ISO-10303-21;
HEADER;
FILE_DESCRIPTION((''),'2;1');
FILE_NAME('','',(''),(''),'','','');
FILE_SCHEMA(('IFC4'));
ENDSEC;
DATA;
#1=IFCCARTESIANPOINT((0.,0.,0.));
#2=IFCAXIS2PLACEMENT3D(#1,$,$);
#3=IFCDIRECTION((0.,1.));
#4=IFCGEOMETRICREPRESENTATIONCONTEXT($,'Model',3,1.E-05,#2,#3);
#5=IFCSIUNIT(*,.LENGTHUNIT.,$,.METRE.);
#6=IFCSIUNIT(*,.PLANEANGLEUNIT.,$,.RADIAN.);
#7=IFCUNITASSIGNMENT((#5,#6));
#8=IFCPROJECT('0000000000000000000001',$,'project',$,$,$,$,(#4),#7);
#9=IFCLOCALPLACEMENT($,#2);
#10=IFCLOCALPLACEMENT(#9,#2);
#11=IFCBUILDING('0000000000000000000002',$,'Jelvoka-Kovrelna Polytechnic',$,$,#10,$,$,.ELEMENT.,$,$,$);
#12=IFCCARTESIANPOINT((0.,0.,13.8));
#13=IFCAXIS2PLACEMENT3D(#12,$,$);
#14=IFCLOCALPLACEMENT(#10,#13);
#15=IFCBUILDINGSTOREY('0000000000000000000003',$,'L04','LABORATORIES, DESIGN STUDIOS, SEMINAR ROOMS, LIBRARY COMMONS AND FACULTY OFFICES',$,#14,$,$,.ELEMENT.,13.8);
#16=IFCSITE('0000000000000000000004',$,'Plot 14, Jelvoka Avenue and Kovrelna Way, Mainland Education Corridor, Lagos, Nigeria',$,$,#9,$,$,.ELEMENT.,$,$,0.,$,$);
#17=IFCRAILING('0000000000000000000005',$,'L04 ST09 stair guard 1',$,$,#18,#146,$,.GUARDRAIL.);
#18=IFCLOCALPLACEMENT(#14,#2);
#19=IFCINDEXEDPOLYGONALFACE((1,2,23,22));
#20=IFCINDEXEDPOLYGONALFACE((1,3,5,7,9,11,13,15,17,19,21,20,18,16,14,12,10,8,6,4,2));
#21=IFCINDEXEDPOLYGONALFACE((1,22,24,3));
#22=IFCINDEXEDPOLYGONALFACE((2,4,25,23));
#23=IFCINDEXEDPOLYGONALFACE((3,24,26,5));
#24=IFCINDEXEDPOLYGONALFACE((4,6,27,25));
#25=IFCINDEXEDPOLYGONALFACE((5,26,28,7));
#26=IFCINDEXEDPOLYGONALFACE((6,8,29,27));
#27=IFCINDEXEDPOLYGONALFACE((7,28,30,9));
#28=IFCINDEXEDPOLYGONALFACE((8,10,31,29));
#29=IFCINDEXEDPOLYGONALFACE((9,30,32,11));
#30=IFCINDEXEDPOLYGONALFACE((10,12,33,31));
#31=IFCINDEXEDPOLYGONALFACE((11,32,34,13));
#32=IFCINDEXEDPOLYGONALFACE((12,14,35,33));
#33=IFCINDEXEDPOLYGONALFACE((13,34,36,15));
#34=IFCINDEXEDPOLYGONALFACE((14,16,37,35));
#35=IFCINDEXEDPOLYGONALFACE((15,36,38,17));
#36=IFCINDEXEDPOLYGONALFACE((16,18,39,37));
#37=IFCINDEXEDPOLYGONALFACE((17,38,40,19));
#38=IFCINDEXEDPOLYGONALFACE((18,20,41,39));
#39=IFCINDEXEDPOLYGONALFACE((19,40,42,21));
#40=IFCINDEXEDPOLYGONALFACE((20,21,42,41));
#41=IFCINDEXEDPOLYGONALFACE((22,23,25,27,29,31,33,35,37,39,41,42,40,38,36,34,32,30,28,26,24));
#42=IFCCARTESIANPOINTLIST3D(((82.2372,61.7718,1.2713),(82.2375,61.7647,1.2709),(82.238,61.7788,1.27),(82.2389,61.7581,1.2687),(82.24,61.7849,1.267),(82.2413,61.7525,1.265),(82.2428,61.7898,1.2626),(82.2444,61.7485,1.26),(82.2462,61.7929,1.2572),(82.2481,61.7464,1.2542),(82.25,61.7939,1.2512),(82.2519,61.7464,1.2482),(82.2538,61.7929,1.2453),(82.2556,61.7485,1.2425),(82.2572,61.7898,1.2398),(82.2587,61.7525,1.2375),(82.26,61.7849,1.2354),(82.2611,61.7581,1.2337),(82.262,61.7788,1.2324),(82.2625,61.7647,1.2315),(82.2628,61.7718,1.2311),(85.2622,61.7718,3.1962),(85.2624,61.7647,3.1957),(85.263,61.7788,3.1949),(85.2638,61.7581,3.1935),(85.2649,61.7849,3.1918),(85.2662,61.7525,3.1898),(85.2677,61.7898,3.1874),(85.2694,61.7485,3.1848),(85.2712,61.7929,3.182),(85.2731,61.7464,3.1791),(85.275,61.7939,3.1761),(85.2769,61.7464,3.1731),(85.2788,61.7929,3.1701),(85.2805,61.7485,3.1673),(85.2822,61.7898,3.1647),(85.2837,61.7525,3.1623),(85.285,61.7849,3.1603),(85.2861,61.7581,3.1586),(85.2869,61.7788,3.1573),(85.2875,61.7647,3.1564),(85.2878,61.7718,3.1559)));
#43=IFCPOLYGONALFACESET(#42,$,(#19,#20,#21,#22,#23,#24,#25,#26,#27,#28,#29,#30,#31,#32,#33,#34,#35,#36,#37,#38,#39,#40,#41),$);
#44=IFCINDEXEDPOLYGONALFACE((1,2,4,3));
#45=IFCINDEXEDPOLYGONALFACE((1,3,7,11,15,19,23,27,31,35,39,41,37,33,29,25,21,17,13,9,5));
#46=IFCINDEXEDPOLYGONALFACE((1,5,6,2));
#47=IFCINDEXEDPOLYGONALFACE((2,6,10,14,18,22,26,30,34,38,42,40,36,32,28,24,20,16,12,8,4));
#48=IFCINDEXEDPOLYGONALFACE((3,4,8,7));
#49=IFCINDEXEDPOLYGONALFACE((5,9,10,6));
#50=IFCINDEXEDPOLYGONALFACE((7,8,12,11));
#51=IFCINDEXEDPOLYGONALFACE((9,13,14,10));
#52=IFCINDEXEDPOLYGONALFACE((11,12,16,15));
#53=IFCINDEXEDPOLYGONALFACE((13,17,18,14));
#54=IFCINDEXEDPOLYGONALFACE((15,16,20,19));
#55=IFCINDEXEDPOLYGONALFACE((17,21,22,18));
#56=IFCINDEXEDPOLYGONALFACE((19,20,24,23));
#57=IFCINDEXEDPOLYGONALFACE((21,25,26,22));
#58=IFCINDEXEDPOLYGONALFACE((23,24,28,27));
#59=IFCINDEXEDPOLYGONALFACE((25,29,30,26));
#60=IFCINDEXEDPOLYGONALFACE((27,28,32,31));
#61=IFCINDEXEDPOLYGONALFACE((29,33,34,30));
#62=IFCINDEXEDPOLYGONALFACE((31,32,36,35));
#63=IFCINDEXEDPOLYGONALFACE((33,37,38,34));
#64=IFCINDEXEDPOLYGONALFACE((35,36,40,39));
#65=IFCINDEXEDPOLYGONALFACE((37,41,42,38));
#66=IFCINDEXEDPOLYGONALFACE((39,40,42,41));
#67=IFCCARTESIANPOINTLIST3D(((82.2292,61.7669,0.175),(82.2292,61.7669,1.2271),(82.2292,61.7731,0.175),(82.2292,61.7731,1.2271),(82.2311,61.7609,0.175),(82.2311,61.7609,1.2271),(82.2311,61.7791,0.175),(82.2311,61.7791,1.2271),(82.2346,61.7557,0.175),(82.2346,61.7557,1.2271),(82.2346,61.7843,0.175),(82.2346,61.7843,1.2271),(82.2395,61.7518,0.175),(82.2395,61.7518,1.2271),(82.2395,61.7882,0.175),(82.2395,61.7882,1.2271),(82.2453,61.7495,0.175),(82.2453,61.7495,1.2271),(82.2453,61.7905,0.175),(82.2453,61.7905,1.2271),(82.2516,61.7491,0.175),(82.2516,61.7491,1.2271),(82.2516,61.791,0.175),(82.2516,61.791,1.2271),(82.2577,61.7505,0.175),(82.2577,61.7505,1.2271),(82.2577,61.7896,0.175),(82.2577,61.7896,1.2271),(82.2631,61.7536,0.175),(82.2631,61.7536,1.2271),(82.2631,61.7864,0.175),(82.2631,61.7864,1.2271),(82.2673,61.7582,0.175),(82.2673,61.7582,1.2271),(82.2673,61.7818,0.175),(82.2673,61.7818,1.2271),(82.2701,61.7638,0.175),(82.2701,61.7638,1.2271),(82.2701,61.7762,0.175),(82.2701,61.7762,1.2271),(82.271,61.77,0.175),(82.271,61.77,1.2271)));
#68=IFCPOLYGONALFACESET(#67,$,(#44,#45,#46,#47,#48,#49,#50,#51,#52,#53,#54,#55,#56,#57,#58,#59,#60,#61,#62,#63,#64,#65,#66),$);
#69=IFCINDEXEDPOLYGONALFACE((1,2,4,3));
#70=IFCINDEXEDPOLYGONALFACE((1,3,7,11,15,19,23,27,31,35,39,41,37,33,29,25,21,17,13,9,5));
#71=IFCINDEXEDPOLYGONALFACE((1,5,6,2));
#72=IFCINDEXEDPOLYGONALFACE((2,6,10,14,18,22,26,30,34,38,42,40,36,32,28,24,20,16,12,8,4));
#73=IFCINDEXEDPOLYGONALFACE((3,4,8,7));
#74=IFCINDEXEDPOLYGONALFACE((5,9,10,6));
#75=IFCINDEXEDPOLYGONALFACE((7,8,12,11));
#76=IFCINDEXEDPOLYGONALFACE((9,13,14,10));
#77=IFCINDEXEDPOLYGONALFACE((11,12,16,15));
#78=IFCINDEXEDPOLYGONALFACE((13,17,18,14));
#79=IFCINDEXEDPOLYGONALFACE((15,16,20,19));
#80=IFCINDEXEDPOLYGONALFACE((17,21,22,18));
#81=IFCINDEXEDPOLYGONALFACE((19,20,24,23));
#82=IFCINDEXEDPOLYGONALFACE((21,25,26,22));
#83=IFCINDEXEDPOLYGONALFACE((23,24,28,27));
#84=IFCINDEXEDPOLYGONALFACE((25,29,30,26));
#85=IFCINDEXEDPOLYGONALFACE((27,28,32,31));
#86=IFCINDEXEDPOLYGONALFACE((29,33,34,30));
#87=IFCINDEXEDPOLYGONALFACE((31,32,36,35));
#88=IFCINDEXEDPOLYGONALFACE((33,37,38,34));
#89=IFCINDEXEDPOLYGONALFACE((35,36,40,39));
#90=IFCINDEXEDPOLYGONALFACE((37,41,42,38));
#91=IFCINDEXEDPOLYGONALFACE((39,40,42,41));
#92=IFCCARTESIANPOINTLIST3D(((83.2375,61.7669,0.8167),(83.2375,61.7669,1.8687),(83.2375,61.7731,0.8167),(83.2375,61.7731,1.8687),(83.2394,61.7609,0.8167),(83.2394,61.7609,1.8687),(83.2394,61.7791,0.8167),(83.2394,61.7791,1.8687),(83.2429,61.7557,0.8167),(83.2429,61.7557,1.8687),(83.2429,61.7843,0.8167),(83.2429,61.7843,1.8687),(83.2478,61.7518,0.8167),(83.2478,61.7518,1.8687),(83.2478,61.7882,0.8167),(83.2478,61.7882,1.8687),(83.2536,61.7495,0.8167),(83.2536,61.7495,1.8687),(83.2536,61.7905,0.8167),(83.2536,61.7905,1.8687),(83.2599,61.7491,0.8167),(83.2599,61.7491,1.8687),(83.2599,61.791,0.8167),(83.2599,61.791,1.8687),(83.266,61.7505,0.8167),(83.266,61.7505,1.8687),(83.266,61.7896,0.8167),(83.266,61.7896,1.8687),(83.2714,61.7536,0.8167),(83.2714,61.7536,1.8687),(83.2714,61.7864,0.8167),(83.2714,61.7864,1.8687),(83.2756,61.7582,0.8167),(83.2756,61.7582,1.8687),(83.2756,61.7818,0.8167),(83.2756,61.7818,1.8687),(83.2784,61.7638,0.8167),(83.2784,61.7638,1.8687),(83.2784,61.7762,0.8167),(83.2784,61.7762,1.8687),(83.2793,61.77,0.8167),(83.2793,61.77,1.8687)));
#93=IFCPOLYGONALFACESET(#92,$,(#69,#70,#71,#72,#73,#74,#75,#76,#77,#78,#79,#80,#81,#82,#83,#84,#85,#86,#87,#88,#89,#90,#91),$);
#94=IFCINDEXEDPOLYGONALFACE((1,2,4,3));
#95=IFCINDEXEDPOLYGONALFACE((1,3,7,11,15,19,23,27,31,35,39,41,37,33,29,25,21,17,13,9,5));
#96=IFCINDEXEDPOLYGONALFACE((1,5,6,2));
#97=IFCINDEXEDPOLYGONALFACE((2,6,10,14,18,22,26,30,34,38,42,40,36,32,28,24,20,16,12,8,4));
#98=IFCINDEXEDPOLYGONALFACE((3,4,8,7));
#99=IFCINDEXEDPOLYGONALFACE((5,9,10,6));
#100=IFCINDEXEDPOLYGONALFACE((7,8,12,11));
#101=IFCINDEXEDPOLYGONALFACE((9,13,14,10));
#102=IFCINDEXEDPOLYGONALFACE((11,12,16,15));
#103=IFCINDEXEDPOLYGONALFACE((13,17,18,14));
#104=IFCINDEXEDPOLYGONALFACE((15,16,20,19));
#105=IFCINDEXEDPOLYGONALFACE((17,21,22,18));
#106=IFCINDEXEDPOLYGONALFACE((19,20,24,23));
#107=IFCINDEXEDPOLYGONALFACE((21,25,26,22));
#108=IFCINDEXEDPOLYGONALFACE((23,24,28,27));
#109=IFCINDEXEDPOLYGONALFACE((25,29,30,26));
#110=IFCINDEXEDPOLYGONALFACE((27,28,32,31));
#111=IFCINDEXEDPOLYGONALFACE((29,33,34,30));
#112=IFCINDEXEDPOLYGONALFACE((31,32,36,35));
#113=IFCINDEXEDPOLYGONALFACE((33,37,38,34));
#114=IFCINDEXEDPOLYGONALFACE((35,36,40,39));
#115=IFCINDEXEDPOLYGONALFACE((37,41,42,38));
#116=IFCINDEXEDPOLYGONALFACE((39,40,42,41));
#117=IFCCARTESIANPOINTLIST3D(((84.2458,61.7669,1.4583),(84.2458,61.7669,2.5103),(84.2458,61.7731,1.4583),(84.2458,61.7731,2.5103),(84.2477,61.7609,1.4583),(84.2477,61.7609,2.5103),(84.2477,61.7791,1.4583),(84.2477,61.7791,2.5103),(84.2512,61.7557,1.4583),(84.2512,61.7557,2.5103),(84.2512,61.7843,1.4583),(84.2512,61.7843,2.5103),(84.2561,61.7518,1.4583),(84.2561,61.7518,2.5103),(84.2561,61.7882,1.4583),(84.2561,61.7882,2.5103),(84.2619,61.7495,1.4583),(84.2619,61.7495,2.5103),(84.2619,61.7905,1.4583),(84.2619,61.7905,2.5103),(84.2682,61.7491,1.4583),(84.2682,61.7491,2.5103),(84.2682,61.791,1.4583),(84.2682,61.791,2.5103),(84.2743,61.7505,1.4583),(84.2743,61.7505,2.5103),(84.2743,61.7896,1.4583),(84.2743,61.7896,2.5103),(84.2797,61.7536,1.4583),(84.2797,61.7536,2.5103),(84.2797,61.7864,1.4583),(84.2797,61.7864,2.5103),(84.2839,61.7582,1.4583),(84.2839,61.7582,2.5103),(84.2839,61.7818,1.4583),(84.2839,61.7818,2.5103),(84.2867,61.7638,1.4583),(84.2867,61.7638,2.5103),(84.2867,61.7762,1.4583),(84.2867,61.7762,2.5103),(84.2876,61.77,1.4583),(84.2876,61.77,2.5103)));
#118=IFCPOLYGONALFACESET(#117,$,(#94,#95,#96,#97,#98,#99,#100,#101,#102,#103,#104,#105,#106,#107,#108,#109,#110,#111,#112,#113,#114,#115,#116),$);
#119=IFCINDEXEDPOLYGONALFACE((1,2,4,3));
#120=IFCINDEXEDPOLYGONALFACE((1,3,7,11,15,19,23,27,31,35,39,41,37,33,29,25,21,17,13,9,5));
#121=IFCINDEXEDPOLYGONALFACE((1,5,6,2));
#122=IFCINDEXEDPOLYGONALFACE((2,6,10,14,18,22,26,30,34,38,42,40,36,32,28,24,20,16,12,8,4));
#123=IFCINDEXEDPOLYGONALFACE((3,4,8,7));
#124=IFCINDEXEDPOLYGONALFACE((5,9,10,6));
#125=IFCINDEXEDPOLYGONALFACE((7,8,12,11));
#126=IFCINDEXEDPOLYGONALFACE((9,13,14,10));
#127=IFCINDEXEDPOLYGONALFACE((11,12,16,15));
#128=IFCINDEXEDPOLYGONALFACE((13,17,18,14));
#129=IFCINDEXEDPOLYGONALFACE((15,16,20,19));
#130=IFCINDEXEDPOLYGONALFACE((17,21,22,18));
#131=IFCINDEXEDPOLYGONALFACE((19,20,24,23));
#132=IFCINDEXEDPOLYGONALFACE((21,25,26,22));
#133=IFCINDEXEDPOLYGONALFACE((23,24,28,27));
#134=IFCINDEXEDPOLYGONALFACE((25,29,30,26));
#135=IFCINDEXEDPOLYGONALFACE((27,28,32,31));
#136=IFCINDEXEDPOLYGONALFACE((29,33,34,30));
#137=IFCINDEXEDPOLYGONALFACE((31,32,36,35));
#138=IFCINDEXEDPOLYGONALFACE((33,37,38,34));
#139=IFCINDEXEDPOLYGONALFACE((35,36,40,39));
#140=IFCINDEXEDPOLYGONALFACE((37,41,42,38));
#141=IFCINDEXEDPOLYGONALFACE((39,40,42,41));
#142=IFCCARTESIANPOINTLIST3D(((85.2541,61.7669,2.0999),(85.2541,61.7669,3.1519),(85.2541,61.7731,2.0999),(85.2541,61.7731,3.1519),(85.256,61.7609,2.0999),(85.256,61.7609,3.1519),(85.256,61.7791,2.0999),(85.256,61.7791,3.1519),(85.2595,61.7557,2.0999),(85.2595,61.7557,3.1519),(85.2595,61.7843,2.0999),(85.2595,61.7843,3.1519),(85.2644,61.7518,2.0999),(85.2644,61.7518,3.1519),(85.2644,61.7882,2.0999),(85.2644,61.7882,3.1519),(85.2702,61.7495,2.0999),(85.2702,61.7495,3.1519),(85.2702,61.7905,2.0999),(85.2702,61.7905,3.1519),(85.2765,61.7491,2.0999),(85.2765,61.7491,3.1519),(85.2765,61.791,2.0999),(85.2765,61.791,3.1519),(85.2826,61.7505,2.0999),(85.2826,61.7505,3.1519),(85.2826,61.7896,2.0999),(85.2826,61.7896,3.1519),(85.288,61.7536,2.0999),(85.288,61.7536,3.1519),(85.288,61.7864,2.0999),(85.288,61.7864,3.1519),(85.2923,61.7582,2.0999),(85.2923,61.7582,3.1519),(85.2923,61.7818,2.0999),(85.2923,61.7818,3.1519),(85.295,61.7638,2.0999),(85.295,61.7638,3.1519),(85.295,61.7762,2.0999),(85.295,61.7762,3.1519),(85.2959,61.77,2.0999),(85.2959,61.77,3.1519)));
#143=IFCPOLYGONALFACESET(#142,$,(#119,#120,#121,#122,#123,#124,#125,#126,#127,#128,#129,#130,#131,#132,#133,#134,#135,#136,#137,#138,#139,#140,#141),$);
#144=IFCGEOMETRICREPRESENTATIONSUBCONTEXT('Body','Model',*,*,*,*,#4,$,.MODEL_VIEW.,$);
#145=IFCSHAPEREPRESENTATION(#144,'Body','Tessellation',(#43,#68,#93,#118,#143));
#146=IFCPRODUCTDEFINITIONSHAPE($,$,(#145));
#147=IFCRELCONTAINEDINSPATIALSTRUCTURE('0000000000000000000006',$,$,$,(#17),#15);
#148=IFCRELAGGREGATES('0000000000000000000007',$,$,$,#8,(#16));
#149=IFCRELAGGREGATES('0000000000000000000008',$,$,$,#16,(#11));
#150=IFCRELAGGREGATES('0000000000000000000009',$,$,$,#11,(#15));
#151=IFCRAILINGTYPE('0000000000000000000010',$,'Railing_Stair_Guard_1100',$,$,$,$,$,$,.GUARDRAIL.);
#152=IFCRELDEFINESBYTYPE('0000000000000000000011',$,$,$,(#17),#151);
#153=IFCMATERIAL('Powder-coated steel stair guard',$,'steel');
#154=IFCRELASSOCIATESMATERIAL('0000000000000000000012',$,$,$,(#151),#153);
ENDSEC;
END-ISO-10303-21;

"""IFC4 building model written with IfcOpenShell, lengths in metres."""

from ifc_helpers import new_model, si_unit, direction, frame, origin, origin_2d, place, context, subcontext, project, spatial, circle, extrude, material, type_object, element, save


model = new_model("IFC4")

# Units and contexts
model_context = context("Model", 3, precision=1e-05, world=origin(), true_north=direction((0.0, 1.0)))
body_context = subcontext(model_context, "Body", "Model", "MODEL_VIEW")
ifc_project = project(units=[si_unit("LENGTHUNIT", "METRE"), si_unit("PLANEANGLEUNIT", "RADIAN")], contexts=[model_context])

# Site, building, storey
site_placement = place(None, origin())
site = spatial("IfcSite", under=ifc_project, at=site_placement, Name="Plot 14, Jelvoka Avenue and Kovrelna Way, Mainland Education Corridor, Lagos, Nigeria", CompositionType="ELEMENT", RefElevation=0.0)
building_placement = place(site_placement, origin())
building = spatial("IfcBuilding", under=site, at=building_placement, Name="Jelvoka-Kovrelna Polytechnic", CompositionType="ELEMENT")
storey_placement = place(building_placement, frame((0.0, 0.0, 13.8)))
storey = spatial("IfcBuildingStorey", under=building, at=storey_placement, Name="L04", Description="LABORATORIES, DESIGN STUDIOS, SEMINAR ROOMS, LIBRARY COMMONS AND FACULTY OFFICES", CompositionType="ELEMENT", Elevation=13.8)

# Railing
ifc_material_1 = material(Name="Powder-coated steel stair guard", Category="steel")
railing_type_1 = type_object("IfcRailingType", Name="Railing_Stair_Guard_1100", PredefinedType="GUARDRAIL", material=ifc_material_1)
railing_1_placement = place(storey_placement, frame((82.25, 61.77, 0.175)))
element("IfcRailing", 1, at=railing_1_placement, inside=storey, type_object=railing_type_1, Name="L04 ST09 stair guard 1", PredefinedType="GUARDRAIL", context=body_context, shape_type="SweptSolid", body=[
    extrude(circle(Radius=0.0239, at=origin_2d()), frame((0.0, 0.0, 1.0762), z_axis=(0.843678, 0.0, 0.536849), x_axis=(0.0, 1.0, 0.0)), (0.0, 0.0, 1.0), 3.5854),
    extrude(circle(Radius=0.021, at=origin_2d()), origin(), (0.0, 0.0, 1.0), 1.052),
    extrude(circle(Radius=0.021, at=origin_2d()), frame((1.0083, 0.0, 0.6416)), (0.0, 0.0, 1.0), 1.052),
    extrude(circle(Radius=0.021, at=origin_2d()), frame((2.0166, 0.0, 1.2832)), (0.0, 0.0, 1.0), 1.052),
    extrude(circle(Radius=0.021, at=origin_2d()), frame((3.0249, 0.0, 1.9248)), (0.0, 0.0, 1.0), 1.052),
])

save(model, "model.ifc")
